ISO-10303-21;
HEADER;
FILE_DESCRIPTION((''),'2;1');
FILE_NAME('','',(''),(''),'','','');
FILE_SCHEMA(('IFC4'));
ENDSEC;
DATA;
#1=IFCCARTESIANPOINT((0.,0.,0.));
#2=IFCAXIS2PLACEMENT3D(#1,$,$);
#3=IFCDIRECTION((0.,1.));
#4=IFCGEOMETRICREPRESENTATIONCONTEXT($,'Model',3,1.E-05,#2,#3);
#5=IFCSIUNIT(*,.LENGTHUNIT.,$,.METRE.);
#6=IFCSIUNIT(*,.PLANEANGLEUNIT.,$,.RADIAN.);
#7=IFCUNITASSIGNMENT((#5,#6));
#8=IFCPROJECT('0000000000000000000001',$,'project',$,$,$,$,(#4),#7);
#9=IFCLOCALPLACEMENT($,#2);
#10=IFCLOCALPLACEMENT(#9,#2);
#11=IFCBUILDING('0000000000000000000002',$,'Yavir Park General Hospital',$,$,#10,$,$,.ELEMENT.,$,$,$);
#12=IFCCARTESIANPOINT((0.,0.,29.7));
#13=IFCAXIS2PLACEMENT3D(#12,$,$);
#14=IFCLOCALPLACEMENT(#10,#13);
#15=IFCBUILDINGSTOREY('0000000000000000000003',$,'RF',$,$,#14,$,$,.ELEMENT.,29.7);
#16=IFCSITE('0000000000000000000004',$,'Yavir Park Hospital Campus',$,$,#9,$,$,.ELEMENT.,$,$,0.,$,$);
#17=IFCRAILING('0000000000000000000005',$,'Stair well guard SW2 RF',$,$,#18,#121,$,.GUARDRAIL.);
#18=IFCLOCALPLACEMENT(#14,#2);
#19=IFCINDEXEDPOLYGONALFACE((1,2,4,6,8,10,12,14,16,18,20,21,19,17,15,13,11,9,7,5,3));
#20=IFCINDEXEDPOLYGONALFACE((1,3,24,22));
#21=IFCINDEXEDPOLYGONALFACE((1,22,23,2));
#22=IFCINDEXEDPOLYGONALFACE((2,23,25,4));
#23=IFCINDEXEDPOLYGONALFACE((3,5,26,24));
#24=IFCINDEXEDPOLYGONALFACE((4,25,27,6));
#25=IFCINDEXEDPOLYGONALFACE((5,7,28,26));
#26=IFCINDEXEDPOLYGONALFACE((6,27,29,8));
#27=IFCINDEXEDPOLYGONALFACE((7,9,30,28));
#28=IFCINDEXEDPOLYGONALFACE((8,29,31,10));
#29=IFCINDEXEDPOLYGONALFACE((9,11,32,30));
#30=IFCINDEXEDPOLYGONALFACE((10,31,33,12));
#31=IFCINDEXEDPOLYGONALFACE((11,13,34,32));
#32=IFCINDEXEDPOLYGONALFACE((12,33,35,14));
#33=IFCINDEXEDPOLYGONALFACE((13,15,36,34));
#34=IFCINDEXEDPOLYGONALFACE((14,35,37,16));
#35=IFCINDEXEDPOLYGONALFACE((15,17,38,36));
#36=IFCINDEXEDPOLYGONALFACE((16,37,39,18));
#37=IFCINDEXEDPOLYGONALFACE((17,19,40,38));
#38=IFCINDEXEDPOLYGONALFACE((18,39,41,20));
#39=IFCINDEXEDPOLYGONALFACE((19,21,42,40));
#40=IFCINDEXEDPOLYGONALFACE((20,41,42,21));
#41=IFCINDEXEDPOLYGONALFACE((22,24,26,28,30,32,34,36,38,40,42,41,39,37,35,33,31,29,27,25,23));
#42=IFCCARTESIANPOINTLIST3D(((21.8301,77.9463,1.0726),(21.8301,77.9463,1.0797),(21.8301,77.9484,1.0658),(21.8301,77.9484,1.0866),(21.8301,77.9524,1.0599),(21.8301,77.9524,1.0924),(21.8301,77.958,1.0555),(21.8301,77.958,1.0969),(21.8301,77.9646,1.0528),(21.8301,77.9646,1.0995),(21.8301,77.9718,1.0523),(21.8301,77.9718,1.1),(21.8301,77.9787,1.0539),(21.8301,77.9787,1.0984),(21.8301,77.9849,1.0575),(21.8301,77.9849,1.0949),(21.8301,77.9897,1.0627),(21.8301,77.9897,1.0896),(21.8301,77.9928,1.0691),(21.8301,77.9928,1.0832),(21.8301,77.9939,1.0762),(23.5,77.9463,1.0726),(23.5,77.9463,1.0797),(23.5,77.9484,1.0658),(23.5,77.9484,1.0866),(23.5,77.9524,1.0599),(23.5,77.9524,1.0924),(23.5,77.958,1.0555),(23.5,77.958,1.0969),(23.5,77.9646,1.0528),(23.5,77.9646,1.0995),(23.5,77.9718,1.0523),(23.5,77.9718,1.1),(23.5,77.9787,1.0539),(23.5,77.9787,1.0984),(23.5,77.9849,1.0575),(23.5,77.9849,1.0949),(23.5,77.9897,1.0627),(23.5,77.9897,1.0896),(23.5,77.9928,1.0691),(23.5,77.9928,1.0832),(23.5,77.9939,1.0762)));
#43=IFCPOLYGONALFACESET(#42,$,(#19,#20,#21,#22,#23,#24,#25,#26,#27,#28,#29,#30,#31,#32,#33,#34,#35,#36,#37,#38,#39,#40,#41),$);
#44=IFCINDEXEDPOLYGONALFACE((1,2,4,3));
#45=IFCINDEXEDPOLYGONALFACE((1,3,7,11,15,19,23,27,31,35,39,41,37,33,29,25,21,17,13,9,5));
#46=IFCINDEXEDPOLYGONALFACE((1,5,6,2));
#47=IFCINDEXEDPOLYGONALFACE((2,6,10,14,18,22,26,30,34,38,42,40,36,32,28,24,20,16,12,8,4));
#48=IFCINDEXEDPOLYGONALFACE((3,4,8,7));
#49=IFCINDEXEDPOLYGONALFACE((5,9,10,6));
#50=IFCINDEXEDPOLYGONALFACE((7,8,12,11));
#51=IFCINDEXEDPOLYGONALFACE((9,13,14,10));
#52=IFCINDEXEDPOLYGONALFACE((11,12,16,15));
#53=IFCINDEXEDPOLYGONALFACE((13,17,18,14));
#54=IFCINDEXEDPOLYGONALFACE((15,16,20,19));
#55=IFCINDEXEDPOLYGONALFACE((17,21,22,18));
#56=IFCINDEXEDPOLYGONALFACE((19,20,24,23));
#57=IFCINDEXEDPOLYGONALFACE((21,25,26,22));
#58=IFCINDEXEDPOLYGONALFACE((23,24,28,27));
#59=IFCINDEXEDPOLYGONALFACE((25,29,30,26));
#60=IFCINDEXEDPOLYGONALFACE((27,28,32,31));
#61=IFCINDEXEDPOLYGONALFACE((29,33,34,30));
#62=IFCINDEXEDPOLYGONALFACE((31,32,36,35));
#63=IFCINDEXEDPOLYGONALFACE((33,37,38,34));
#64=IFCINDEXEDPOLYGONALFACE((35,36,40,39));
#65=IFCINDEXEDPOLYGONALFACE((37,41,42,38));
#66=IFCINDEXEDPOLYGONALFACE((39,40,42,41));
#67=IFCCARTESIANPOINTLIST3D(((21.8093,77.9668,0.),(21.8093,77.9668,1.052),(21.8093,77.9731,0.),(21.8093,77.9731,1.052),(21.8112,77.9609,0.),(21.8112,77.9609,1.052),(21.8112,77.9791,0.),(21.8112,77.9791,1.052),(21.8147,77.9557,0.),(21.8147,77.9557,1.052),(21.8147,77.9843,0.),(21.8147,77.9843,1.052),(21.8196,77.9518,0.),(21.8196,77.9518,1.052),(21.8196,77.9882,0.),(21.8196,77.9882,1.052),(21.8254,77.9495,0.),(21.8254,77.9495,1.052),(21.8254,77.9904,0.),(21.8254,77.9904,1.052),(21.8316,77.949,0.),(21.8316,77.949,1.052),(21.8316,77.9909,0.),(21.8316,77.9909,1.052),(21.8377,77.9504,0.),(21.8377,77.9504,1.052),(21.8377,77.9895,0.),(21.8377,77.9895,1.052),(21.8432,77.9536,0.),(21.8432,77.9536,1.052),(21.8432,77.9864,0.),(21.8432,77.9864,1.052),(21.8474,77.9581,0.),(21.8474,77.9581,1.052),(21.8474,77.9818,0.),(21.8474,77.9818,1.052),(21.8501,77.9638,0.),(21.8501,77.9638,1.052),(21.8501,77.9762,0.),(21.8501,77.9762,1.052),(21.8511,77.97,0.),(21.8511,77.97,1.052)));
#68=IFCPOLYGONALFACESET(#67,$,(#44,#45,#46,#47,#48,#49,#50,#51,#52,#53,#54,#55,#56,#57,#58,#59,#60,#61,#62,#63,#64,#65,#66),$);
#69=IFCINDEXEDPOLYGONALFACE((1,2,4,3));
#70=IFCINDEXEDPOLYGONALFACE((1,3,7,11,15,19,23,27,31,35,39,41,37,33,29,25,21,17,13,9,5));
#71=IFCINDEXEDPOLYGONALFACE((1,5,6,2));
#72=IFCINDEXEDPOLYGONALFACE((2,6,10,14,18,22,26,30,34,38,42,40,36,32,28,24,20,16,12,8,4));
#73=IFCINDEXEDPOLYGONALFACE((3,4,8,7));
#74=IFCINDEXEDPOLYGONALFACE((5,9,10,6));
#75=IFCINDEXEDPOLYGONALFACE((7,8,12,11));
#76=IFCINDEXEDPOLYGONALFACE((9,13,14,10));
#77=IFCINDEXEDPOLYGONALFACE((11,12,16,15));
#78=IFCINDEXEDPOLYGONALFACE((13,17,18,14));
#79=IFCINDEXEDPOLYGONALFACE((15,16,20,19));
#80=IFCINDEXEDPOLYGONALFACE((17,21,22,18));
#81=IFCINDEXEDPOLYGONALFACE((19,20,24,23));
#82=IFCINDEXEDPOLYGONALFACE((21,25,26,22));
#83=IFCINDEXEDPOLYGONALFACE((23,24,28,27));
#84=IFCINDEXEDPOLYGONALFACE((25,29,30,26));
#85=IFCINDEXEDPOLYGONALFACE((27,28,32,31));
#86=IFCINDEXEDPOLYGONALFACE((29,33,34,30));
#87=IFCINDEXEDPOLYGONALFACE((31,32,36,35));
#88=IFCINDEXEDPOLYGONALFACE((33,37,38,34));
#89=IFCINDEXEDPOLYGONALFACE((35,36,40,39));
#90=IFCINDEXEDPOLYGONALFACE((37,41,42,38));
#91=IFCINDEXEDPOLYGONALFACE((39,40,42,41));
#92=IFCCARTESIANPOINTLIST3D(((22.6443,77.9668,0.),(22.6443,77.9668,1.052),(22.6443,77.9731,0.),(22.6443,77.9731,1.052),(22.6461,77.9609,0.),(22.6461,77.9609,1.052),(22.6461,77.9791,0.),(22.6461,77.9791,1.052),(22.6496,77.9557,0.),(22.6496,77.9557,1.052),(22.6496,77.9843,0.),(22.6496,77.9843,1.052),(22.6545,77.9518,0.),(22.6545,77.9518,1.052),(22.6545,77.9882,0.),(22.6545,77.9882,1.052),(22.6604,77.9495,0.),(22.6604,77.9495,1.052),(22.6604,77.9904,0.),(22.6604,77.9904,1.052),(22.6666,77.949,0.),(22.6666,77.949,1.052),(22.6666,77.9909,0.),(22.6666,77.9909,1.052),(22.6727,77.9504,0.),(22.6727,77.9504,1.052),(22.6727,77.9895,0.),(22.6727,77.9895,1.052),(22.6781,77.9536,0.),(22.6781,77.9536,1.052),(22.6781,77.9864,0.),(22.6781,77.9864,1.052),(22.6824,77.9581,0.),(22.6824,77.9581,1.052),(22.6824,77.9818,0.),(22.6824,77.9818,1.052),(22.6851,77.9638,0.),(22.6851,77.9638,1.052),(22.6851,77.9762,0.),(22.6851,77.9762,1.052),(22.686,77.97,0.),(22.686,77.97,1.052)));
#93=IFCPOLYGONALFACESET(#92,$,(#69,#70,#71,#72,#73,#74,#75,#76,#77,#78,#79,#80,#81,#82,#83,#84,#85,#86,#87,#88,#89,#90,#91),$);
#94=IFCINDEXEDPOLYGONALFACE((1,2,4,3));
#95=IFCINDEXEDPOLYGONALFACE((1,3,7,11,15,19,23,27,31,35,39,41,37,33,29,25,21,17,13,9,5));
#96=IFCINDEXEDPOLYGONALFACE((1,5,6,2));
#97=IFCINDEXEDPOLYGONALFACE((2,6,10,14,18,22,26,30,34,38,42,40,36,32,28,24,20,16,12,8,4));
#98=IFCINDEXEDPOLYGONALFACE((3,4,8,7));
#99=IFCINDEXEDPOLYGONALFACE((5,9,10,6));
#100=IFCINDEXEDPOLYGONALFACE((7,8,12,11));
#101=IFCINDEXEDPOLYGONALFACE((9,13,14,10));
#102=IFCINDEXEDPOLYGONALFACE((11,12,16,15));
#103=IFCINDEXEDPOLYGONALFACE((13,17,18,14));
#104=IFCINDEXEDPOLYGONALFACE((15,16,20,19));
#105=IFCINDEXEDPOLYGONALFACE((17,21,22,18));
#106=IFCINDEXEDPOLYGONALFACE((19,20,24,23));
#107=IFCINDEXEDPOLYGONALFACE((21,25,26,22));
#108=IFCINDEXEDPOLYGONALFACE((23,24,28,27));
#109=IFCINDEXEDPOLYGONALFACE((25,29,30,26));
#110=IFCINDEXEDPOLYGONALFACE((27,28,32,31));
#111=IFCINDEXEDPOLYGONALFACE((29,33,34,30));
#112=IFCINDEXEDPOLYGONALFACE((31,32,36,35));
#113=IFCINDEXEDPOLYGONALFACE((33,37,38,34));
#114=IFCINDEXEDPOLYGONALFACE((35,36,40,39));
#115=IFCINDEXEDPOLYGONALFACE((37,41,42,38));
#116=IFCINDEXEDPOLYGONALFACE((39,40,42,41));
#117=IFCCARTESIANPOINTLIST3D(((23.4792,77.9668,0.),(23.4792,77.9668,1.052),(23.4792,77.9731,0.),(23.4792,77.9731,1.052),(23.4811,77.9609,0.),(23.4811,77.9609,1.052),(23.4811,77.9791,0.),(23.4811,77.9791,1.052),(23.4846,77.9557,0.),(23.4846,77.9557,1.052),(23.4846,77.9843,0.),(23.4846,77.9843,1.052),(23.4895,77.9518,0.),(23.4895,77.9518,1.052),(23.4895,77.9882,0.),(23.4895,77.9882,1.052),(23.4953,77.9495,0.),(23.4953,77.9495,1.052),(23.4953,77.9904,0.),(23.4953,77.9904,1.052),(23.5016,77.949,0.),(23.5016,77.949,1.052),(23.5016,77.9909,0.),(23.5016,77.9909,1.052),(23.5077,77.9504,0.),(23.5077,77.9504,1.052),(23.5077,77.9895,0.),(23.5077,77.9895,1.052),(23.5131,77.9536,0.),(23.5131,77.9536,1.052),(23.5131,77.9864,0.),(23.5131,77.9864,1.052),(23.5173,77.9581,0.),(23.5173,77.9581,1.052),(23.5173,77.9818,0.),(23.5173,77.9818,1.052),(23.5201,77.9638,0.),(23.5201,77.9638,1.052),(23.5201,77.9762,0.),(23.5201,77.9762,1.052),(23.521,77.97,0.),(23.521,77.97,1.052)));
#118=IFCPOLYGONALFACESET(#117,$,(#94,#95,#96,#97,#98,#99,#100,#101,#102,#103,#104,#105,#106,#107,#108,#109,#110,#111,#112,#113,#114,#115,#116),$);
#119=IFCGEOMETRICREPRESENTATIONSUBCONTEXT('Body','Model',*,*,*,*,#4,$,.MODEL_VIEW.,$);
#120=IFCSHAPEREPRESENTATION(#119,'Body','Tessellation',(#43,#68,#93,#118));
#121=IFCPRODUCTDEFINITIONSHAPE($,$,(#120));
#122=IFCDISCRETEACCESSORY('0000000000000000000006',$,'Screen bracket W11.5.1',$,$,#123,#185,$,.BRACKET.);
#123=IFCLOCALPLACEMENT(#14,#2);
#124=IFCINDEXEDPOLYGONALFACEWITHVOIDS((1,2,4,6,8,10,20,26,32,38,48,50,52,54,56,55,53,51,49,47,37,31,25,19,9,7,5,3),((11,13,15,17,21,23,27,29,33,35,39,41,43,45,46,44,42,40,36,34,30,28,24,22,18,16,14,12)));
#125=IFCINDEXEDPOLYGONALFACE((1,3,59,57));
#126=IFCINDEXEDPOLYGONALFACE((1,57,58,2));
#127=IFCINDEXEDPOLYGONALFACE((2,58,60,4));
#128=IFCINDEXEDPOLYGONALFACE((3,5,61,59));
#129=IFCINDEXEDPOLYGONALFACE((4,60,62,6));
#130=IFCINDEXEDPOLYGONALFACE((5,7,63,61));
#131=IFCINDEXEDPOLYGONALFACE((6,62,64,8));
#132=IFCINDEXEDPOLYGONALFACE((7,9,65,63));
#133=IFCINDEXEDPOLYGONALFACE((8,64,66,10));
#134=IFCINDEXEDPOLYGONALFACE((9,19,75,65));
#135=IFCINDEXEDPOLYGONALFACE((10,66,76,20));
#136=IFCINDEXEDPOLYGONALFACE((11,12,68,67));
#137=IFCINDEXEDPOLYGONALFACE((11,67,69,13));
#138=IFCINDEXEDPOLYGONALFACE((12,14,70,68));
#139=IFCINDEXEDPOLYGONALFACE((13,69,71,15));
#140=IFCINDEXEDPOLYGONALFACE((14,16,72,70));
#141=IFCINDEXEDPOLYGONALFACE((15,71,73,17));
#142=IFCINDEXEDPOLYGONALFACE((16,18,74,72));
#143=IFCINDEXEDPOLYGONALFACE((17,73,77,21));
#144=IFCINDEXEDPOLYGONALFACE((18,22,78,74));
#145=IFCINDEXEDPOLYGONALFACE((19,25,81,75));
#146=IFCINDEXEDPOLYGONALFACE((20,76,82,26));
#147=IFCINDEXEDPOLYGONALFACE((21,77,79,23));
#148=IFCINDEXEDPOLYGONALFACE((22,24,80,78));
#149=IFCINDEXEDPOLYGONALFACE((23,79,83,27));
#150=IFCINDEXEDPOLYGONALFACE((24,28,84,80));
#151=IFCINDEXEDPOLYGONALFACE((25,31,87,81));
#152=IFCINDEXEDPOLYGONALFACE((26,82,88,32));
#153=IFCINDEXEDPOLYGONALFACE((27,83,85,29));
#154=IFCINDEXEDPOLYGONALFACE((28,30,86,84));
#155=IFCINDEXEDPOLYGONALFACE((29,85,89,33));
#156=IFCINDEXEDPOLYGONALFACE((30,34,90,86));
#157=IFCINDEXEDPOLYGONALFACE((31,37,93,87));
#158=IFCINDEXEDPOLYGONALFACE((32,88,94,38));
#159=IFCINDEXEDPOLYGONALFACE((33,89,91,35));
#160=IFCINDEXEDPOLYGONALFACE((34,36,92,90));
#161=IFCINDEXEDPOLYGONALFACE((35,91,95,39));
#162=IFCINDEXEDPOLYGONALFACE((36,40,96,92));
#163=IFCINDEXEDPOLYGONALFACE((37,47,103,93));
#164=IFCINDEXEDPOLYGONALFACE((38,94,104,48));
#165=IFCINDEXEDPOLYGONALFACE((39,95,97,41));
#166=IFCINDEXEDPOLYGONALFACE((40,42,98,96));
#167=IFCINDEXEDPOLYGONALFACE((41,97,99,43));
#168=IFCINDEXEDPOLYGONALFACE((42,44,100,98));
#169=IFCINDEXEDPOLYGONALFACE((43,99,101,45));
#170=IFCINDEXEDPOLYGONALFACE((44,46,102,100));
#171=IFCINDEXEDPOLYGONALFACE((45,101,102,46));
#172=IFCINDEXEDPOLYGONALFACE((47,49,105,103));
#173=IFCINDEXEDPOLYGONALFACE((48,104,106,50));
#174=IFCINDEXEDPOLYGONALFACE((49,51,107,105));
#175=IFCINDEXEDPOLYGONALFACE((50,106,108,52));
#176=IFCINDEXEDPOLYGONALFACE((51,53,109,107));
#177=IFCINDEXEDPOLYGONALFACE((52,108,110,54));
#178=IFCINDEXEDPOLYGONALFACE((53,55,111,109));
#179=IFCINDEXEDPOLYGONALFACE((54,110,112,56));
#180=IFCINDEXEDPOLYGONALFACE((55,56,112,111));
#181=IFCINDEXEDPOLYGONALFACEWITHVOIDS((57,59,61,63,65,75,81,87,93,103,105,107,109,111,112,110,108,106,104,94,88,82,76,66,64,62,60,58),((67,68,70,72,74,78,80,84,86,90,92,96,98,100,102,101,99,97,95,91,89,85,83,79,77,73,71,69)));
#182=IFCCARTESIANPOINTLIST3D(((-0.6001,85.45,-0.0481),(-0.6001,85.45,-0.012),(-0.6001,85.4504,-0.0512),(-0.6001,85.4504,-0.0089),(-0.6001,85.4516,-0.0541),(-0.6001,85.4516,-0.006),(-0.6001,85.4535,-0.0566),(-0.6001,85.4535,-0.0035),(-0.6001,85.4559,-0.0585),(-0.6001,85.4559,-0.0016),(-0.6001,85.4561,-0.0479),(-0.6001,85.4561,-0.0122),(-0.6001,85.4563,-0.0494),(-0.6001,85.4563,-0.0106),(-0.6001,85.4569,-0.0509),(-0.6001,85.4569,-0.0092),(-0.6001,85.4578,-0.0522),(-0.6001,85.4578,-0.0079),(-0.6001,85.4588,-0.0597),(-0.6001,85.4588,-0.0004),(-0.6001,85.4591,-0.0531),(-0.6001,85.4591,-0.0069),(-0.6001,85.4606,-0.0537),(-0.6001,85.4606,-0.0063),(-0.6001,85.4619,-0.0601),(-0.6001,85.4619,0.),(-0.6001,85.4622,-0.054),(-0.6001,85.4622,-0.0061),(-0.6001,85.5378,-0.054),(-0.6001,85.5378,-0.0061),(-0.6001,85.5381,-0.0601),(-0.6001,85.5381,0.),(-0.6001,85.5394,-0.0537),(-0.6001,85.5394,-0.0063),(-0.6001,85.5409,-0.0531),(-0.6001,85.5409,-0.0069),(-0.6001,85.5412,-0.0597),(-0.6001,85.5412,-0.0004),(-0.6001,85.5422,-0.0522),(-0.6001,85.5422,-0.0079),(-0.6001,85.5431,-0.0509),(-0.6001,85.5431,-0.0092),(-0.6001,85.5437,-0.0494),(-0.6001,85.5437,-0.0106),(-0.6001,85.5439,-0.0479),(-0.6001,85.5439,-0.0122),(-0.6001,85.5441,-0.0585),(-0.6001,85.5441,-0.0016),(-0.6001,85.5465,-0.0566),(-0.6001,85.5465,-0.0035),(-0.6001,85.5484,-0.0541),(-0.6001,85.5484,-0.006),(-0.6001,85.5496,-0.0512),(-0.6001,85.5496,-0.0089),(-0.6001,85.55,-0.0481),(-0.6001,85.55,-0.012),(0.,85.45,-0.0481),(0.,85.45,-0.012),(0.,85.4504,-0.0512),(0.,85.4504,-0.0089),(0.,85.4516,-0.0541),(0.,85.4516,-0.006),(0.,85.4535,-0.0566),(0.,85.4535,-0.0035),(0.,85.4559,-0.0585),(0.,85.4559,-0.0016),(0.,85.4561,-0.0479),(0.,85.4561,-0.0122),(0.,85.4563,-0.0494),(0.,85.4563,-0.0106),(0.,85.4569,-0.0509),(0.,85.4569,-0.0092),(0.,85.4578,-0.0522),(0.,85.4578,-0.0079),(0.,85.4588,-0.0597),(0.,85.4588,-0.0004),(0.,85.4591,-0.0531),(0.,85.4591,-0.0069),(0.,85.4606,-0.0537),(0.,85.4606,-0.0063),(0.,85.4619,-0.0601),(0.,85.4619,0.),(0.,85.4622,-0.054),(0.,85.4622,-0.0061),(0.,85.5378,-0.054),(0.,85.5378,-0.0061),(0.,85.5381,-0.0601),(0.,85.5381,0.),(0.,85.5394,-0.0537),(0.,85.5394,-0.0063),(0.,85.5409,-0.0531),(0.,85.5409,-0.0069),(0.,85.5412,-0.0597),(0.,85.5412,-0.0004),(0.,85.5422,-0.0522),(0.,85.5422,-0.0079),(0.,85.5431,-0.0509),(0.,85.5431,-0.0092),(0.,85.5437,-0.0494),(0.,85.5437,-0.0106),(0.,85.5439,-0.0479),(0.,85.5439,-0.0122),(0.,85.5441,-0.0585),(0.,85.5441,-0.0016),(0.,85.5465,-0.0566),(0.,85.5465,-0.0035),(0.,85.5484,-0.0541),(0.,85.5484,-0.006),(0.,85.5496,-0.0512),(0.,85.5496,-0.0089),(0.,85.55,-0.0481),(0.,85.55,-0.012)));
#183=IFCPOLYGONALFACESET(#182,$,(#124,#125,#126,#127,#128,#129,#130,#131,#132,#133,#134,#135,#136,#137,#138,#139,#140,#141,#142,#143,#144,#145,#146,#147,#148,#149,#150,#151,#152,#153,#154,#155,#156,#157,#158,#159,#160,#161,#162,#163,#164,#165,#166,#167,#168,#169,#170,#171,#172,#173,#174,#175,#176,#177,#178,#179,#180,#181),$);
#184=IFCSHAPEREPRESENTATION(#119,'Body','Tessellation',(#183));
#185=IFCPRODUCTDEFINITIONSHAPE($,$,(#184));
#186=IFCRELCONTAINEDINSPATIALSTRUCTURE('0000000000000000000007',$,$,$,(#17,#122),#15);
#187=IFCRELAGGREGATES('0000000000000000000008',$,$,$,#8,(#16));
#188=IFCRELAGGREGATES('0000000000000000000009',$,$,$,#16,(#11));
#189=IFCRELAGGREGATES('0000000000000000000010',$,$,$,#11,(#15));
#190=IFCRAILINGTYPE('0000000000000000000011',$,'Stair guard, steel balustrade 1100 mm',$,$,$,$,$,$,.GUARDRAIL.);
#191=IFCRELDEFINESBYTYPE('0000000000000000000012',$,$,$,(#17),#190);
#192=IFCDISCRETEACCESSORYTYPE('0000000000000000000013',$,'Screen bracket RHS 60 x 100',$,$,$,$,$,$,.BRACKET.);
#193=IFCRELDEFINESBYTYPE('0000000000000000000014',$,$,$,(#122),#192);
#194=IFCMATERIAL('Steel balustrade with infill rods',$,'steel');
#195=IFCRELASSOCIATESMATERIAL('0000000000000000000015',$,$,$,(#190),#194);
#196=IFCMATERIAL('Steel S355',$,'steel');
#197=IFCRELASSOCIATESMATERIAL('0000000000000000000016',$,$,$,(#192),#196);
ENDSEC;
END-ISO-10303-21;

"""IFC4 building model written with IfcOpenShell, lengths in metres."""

from ifc_helpers import new_model, si_unit, direction, frame, origin, origin_2d, place, context, subcontext, project, spatial, hollow_rectangle, circle, extrude, material, material_profile, profile_set, type_object, element, save


model = new_model("IFC4")

# Units and contexts
model_context = context("Model", 3, precision=1e-05, world=origin(), true_north=direction((0.0, 1.0)))
body_context = subcontext(model_context, "Body", "Model", "MODEL_VIEW")
ifc_project = project(units=[si_unit("LENGTHUNIT", "METRE"), si_unit("PLANEANGLEUNIT", "RADIAN")], contexts=[model_context])

# Site, building, storey
site_placement = place(None, origin())
site = spatial("IfcSite", under=ifc_project, at=site_placement, Name="Yavir Park Hospital Campus", CompositionType="ELEMENT", RefElevation=0.0)
building_placement = place(site_placement, origin())
building = spatial("IfcBuilding", under=site, at=building_placement, Name="Yavir Park General Hospital", CompositionType="ELEMENT")
storey_placement = place(building_placement, frame((0.0, 0.0, 29.7)))
storey = spatial("IfcBuildingStorey", under=building, at=storey_placement, Name="RF", CompositionType="ELEMENT", Elevation=29.7)

# Railing
ifc_material_1 = material(Name="Steel balustrade with infill rods", Category="steel")
railing_type = type_object("IfcRailingType", Name="Stair guard, steel balustrade 1100 mm", PredefinedType="GUARDRAIL", material=ifc_material_1)
railing_placement = place(storey_placement, frame((21.8301, 77.97, 0.0)))
element("IfcRailing", 1, at=railing_placement, inside=storey, type_object=railing_type, Name="Stair well guard SW2 RF", PredefinedType="GUARDRAIL", context=body_context, shape_type="SweptSolid", body=[
    extrude(circle(Radius=0.0239, at=origin_2d()), frame((0.0, 0.0, 1.0762), z_axis=(1.0, 0.0, 0.0), x_axis=(0.0, 1.0, 0.0)), (0.0, 0.0, 1.0), 1.6699),
    extrude(circle(Radius=0.021, at=origin_2d()), origin(), (0.0, 0.0, 1.0), 1.052),
    extrude(circle(Radius=0.021, at=origin_2d()), frame((0.835, 0.0, 0.0)), (0.0, 0.0, 1.0), 1.052),
    extrude(circle(Radius=0.021, at=origin_2d()), frame((1.6699, 0.0, 0.0)), (0.0, 0.0, 1.0), 1.052),
])

# Discrete accessory
ifc_material_2 = material(Name="Steel S355", Category="steel")
ifc_material_profile_1 = material_profile(ifc_material_2, hollow_rectangle(XDim=0.1001, YDim=0.0601, WallThickness=0.0061, InnerFilletRadius=0.0061, OuterFilletRadius=0.012, at=origin_2d()), Name="RHS60x100x6")
ifc_profile_set_1 = profile_set([ifc_material_profile_1], Name="Steel S355")
discrete_accessory_type_1 = type_object("IfcDiscreteAccessoryType", Name="Screen bracket RHS 60 x 100", PredefinedType="BRACKET", material=ifc_profile_set_1)
for number, where, z_axis, x_axis, name in (
    (2, (0.0, 85.5, -0.03), (-1.0, 0.0, 0.0), (0.0, -1.0, 0.0), "Screen bracket W11.5.1"),
):
    element("IfcDiscreteAccessory", number, at=place(storey_placement, frame(where, z_axis=z_axis, x_axis=x_axis)), inside=storey, type_object=discrete_accessory_type_1, Name=name, PredefinedType="BRACKET", context=body_context, shape_type="SweptSolid", body=[
        extrude(hollow_rectangle(XDim=0.1001, YDim=0.0601, WallThickness=0.0061, InnerFilletRadius=0.0061, OuterFilletRadius=0.012, at=origin_2d()), origin(), (0.0, 0.0, 1.0), 0.6001),
    ])

save(model, "model.ifc")
